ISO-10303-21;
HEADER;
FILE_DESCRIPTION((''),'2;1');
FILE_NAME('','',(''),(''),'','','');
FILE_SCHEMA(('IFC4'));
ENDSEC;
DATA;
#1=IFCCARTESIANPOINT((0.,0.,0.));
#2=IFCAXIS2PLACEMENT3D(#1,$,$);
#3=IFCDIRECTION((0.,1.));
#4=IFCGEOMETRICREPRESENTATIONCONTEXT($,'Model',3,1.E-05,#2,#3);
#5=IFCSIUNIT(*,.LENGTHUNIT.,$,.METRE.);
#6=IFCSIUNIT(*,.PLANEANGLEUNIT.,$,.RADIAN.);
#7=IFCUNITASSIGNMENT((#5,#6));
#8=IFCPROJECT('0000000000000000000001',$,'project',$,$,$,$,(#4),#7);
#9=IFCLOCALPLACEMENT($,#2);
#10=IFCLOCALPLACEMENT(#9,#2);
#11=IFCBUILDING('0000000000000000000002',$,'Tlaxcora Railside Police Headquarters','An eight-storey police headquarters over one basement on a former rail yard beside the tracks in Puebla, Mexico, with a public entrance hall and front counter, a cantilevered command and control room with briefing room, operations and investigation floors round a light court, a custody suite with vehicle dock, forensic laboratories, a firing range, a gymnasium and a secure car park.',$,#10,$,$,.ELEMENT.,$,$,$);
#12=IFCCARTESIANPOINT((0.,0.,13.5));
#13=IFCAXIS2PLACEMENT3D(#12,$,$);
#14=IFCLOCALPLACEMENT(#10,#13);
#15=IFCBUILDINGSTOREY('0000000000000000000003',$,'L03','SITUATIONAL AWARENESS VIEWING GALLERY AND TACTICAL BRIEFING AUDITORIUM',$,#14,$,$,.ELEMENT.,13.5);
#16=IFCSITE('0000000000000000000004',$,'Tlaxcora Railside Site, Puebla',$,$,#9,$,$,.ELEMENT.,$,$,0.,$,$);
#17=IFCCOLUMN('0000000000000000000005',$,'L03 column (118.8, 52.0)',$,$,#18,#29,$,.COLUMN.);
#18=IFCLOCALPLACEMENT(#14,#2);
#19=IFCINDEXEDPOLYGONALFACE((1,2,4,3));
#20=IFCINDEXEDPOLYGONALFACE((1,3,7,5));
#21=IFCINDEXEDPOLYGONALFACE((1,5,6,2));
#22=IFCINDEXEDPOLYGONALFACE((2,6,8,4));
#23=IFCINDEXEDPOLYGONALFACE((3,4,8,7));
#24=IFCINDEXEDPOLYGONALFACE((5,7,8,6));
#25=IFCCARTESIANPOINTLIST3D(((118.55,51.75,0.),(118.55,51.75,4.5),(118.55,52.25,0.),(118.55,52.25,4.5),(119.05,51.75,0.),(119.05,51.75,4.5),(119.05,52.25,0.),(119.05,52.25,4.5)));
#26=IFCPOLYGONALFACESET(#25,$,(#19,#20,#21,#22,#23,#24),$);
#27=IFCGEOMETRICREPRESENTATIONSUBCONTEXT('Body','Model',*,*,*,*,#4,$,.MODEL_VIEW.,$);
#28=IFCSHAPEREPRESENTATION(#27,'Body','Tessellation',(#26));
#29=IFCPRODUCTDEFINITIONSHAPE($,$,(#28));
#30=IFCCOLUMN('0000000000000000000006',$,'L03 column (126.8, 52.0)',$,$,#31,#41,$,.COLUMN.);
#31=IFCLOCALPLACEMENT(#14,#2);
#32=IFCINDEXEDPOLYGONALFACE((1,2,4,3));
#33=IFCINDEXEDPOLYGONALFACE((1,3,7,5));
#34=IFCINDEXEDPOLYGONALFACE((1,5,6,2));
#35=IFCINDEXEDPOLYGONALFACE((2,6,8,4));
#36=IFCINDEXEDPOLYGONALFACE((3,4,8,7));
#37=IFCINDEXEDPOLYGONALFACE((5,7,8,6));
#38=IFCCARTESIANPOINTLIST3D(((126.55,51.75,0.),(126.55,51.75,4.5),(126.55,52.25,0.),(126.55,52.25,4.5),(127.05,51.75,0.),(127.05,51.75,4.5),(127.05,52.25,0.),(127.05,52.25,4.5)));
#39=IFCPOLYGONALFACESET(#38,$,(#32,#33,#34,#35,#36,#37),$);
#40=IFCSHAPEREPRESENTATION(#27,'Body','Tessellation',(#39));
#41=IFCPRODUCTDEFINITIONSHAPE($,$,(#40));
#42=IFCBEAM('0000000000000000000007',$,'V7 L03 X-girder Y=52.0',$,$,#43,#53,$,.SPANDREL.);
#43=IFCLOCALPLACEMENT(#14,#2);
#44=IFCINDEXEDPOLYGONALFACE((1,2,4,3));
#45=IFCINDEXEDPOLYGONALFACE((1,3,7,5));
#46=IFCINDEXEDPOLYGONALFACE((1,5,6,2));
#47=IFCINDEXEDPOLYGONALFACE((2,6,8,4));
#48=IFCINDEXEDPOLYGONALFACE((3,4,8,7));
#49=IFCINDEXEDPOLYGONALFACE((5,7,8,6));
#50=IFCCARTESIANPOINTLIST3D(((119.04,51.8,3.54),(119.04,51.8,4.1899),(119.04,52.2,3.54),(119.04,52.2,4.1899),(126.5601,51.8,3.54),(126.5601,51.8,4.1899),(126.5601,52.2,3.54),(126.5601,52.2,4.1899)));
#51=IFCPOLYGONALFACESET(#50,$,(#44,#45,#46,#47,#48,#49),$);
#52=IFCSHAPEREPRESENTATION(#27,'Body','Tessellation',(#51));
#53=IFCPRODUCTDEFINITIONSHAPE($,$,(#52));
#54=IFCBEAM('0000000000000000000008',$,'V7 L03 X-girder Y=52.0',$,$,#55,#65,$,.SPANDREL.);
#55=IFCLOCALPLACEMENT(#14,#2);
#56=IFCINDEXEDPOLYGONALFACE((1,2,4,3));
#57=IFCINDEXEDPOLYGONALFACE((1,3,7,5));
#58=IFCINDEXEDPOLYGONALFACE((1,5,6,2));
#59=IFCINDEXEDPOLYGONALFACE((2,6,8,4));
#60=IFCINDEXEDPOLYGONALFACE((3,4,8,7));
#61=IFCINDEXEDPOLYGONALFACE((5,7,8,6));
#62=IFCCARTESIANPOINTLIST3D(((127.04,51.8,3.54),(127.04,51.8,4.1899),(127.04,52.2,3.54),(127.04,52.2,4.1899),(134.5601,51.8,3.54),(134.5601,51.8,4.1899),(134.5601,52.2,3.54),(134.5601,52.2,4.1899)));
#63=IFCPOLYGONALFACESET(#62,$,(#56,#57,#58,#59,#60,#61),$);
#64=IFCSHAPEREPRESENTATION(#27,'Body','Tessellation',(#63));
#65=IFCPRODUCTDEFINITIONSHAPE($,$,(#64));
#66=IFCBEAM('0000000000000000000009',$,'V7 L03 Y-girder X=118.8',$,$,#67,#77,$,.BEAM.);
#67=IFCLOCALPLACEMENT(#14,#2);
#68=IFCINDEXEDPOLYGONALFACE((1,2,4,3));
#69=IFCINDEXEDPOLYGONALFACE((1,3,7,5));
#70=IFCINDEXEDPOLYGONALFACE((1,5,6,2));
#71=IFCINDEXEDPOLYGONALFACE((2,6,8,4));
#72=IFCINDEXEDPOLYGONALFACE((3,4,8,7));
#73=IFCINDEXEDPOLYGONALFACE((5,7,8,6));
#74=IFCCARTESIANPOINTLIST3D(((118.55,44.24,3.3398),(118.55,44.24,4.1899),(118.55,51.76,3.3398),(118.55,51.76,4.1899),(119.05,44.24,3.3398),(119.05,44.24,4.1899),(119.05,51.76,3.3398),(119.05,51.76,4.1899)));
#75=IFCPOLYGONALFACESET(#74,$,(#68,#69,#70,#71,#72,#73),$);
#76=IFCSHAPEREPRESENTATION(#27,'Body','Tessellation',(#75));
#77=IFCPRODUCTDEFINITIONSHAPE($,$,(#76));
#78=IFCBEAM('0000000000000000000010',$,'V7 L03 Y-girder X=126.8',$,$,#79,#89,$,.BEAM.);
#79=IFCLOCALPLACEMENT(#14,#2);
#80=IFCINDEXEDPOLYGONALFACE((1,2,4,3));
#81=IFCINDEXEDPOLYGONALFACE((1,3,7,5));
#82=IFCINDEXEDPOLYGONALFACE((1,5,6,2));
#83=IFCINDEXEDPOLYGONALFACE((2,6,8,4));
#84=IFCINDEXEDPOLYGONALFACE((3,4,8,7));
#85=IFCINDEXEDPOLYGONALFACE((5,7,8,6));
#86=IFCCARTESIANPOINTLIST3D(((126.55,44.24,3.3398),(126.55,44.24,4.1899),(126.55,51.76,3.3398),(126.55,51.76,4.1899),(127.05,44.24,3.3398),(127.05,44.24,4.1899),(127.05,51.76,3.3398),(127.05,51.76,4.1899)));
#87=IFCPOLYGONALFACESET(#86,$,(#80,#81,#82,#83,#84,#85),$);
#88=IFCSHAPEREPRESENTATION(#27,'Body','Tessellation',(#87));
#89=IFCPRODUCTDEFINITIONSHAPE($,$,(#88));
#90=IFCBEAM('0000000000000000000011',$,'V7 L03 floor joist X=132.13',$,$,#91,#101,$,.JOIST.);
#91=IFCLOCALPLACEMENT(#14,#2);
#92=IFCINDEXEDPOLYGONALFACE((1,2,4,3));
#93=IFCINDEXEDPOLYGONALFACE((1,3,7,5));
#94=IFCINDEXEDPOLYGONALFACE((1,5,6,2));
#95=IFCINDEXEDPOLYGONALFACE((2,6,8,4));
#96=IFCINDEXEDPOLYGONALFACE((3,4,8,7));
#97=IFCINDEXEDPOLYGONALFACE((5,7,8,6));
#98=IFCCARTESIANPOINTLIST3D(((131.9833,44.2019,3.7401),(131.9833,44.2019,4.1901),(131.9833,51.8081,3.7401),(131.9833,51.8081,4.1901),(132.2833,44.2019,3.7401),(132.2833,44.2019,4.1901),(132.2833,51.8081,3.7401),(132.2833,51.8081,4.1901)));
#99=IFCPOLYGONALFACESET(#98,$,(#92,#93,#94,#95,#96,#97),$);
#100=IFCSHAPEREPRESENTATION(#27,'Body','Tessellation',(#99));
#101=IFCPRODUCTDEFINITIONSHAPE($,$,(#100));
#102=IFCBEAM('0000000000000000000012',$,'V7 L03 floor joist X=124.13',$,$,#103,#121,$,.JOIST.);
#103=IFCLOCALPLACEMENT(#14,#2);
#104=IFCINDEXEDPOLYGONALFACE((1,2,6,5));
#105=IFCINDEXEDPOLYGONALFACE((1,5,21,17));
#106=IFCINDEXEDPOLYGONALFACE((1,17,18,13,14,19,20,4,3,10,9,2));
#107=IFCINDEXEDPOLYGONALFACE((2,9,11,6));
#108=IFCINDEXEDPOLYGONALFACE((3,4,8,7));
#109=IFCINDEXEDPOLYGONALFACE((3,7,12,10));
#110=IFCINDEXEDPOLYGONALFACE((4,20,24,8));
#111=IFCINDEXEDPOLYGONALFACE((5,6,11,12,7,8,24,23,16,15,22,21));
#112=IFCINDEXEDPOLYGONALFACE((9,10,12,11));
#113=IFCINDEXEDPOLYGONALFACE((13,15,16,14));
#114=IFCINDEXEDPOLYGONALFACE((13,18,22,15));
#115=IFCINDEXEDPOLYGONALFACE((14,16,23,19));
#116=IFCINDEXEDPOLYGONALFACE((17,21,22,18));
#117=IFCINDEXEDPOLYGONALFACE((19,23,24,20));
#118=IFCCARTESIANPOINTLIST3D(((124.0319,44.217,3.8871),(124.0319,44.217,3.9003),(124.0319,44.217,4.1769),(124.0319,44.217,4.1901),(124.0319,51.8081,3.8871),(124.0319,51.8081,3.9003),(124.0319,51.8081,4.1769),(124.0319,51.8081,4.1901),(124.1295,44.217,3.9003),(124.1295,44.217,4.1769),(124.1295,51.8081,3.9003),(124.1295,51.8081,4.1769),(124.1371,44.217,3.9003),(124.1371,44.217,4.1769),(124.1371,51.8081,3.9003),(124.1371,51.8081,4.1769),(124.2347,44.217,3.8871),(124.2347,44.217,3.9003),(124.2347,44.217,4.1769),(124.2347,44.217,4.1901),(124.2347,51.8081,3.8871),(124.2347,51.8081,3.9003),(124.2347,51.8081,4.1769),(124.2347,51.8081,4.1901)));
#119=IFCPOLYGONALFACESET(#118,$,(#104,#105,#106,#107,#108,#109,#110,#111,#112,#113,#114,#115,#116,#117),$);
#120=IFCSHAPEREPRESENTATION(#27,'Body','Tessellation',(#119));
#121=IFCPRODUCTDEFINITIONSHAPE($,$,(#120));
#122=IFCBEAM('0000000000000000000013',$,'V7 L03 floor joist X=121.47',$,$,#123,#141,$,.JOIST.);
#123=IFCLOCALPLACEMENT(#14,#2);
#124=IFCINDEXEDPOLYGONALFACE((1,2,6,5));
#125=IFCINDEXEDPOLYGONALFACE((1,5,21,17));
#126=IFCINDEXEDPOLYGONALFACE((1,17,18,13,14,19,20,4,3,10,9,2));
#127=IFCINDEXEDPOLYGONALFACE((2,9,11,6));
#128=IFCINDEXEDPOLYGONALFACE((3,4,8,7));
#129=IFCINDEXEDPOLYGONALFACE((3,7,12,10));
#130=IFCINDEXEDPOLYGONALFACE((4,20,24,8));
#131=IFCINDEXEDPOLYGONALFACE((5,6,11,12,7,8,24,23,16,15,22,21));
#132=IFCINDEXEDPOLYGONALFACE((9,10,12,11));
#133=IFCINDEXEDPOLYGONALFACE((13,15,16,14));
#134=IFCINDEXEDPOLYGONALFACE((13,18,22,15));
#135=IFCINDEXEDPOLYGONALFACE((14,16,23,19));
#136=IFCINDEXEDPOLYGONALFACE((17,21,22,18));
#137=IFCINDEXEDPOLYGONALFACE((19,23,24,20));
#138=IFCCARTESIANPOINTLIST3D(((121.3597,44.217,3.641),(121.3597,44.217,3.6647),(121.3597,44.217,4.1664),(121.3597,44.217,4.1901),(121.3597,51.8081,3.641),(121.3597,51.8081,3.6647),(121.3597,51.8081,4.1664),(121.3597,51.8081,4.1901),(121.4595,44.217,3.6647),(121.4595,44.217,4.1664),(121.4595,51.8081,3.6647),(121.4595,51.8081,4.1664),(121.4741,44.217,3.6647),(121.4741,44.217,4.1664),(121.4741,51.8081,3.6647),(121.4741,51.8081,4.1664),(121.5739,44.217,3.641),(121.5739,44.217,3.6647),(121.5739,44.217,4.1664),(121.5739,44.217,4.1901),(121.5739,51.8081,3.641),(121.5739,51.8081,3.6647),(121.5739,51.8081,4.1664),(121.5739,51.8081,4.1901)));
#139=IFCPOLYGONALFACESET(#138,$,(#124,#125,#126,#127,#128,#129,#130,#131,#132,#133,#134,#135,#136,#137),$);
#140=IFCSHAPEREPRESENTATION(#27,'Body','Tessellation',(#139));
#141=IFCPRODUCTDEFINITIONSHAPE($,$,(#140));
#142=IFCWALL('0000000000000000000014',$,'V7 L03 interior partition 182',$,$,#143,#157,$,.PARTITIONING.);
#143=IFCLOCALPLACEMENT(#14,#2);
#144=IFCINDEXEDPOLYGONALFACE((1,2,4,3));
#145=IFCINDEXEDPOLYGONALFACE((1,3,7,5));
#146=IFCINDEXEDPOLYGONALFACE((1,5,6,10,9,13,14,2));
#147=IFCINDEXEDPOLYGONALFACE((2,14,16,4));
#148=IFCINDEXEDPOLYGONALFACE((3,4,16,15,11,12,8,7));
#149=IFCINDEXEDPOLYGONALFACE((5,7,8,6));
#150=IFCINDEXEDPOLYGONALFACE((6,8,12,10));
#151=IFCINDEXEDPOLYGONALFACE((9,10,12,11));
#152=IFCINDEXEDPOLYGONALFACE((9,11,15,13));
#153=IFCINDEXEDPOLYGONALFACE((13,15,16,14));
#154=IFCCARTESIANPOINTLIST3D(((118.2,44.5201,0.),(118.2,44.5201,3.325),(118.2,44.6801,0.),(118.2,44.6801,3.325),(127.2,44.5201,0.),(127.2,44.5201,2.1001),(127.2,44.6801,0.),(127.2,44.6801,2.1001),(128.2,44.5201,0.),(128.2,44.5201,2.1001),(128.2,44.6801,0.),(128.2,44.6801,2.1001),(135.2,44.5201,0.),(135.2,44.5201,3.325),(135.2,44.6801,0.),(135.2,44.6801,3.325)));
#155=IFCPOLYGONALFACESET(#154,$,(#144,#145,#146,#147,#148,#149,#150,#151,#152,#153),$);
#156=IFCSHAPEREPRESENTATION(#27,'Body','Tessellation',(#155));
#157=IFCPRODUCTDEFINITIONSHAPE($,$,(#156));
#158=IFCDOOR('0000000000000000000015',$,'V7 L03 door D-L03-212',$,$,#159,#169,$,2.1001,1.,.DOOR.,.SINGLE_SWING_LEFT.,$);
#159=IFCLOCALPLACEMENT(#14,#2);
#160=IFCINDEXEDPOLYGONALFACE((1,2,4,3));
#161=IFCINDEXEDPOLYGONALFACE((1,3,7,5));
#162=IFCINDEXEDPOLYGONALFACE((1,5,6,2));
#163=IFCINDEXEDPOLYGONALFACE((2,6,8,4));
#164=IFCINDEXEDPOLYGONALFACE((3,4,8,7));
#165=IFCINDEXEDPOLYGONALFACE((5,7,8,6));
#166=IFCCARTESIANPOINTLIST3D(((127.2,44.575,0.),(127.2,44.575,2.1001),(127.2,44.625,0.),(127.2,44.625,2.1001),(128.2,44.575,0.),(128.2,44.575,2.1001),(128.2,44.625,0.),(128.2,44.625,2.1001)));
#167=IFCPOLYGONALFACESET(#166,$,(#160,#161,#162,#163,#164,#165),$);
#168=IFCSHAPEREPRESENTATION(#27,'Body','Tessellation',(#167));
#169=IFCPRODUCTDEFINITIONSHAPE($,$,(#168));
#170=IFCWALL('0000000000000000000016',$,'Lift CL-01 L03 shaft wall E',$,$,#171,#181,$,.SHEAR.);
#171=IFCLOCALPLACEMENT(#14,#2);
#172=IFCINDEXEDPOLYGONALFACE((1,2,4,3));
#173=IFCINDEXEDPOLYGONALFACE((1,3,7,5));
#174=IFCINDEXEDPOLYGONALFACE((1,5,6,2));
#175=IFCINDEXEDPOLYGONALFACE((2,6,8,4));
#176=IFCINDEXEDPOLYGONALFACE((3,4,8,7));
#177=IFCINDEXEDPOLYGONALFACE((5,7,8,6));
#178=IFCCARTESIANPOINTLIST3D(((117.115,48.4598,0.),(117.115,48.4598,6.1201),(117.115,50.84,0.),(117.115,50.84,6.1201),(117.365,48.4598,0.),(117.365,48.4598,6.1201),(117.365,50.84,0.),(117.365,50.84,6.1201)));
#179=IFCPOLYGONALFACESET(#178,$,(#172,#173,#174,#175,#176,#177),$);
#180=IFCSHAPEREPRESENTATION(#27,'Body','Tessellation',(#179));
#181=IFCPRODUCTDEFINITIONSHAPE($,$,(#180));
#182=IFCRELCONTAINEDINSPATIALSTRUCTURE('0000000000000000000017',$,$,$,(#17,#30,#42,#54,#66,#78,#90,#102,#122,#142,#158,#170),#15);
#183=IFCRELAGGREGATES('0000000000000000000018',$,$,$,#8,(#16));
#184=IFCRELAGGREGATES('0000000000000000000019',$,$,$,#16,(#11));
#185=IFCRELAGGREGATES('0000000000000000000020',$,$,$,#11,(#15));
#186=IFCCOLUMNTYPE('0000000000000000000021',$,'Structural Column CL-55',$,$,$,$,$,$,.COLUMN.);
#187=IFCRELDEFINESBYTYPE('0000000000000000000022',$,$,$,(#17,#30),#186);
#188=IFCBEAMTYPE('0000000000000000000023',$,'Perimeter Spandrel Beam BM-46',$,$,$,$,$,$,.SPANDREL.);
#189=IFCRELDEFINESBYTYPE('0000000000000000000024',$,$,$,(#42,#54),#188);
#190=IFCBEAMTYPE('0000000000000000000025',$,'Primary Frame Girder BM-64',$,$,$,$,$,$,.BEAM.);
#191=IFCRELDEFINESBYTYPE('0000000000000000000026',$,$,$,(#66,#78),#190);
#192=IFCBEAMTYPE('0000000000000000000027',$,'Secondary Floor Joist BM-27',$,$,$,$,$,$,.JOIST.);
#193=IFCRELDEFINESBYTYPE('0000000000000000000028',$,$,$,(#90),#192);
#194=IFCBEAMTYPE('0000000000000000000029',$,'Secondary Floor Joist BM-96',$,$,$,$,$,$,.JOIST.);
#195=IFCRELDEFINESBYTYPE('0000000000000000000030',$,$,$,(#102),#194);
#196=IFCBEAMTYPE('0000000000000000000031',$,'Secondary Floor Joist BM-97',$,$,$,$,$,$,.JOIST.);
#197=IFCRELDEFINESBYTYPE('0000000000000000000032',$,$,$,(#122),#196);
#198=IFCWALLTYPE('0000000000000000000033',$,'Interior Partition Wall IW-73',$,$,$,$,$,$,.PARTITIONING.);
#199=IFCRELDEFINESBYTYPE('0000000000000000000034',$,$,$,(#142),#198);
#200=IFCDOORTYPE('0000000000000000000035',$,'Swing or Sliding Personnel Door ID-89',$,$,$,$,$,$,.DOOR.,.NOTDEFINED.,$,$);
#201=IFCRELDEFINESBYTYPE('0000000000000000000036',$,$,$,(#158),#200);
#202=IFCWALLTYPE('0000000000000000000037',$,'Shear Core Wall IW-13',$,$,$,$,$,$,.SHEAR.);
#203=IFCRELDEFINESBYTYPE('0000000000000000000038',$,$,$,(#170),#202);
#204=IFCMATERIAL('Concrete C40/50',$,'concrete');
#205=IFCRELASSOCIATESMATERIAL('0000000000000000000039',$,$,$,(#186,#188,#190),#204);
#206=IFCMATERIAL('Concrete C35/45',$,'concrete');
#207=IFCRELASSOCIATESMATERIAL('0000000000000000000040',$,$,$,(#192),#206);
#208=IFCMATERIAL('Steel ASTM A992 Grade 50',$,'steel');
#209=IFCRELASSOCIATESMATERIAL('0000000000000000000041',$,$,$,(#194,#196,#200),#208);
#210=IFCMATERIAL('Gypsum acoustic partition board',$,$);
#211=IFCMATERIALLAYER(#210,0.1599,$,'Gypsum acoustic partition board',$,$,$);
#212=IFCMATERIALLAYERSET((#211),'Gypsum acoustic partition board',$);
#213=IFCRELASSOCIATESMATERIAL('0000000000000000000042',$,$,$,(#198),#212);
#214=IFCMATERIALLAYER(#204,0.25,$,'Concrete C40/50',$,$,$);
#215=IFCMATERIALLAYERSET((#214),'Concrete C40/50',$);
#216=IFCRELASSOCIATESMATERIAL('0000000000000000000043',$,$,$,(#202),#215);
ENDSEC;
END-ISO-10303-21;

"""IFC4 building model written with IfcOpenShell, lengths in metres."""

from ifc_helpers import new_model, si_unit, direction, frame, frame_2d, origin, origin_2d, place, context, subcontext, project, spatial, rectangle, i_section, extrude, material, layer, layer_set, material_profile, profile_set, type_object, element, fill, save


model = new_model("IFC4")

# Units and contexts
model_context = context("Model", 3, precision=1e-05, world=origin(), true_north=direction((0.0, 1.0)))
body_context = subcontext(model_context, "Body", "Model", "MODEL_VIEW")
ifc_project = project(units=[si_unit("LENGTHUNIT", "METRE"), si_unit("PLANEANGLEUNIT", "RADIAN")], contexts=[model_context])

# Site, building, storey
site_placement = place(None, origin())
site = spatial("IfcSite", under=ifc_project, at=site_placement, Name="Tlaxcora Railside Site, Puebla", CompositionType="ELEMENT", RefElevation=0.0)
building_placement = place(site_placement, origin())
building = spatial("IfcBuilding", under=site, at=building_placement, Name="Tlaxcora Railside Police Headquarters", Description="An eight-storey police headquarters over one basement on a former rail yard beside the tracks in Puebla, Mexico, with a public entrance hall and front counter, a cantilevered command and control room with briefing room, operations and investigation floors round a light court, a custody suite with vehicle dock, forensic laboratories, a firing range, a gymnasium and a secure car park.", CompositionType="ELEMENT")
storey_placement = place(building_placement, frame((0.0, 0.0, 13.5)))
storey = spatial("IfcBuildingStorey", under=building, at=storey_placement, Name="L03", Description="SITUATIONAL AWARENESS VIEWING GALLERY AND TACTICAL BRIEFING AUDITORIUM", CompositionType="ELEMENT", Elevation=13.5)

# Columns
ifc_material_1 = material(Name="Concrete C40/50", Category="concrete")
ifc_material_profile_1 = material_profile(ifc_material_1, rectangle(XDim=0.5, YDim=0.5, at=origin_2d()), Name="RC500X500")
ifc_profile_set_1 = profile_set([ifc_material_profile_1], Name="Concrete C40/50")
column_type = type_object("IfcColumnType", Name="Structural Column CL-55", PredefinedType="COLUMN", material=ifc_profile_set_1)
for number, where, z_axis, x_axis, name in (
    (1, (118.8, 52.0, 0.0), (0.0, 0.0, 1.0), (1.0, 0.0, 0.0), "L03 column (118.8, 52.0)"),
    (2, (126.8, 52.0, 0.0), (0.0, 0.0, 1.0), (1.0, 0.0, 0.0), "L03 column (126.8, 52.0)"),
):
    element("IfcColumn", number, at=place(storey_placement, frame(where, z_axis=z_axis, x_axis=x_axis)), inside=storey, type_object=column_type, Name=name, PredefinedType="COLUMN", context=body_context, shape_type="SweptSolid", body=[
        extrude(rectangle(XDim=0.5, YDim=0.5, at=origin_2d()), origin(), (0.0, 0.0, 1.0), 4.5),
    ])

# Beams
ifc_material_profile_2 = material_profile(ifc_material_1, rectangle(XDim=0.3999, YDim=0.6499, at=origin_2d()), Name="RC400X650")
ifc_profile_set_2 = profile_set([ifc_material_profile_2], Name="Concrete C40/50")
beam_type_1 = type_object("IfcBeamType", Name="Perimeter Spandrel Beam BM-46", PredefinedType="SPANDREL", material=ifc_profile_set_2)
for number, where, z_axis, x_axis, name in (
    (3, (119.04, 52.0, 3.865), (1.0, 0.0, 0.0), (0.0, 1.0, 0.0), "V7 L03 X-girder Y=52.0"),
    (4, (127.04, 52.0, 3.865), (1.0, 0.0, 0.0), (0.0, 1.0, 0.0), "V7 L03 X-girder Y=52.0"),
):
    element("IfcBeam", number, at=place(storey_placement, frame(where, z_axis=z_axis, x_axis=x_axis)), inside=storey, type_object=beam_type_1, Name=name, PredefinedType="SPANDREL", context=body_context, shape_type="SweptSolid", body=[
        extrude(rectangle(XDim=0.3999, YDim=0.6499, at=origin_2d()), origin(), (0.0, 0.0, 1.0), 7.52),
    ])
ifc_material_profile_3 = material_profile(ifc_material_1, rectangle(XDim=0.5, YDim=0.8501, at=origin_2d()), Name="RC500X850")
ifc_profile_set_3 = profile_set([ifc_material_profile_3], Name="Concrete C40/50")
beam_type_2 = type_object("IfcBeamType", Name="Primary Frame Girder BM-64", PredefinedType="BEAM", material=ifc_profile_set_3)
for number, where, z_axis, x_axis, name in (
    (5, (118.8, 44.24, 3.7649), (0.0, 1.0, 0.0), (-1.0, 0.0, 0.0), "V7 L03 Y-girder X=118.8"),
    (6, (126.8, 44.24, 3.7649), (0.0, 1.0, 0.0), (-1.0, 0.0, 0.0), "V7 L03 Y-girder X=126.8"),
):
    element("IfcBeam", number, at=place(storey_placement, frame(where, z_axis=z_axis, x_axis=x_axis)), inside=storey, type_object=beam_type_2, Name=name, PredefinedType="BEAM", context=body_context, shape_type="SweptSolid", body=[
        extrude(rectangle(XDim=0.5, YDim=0.8501, at=origin_2d()), origin(), (0.0, 0.0, 1.0), 7.52),
    ])
ifc_material_2 = material(Name="Concrete C35/45", Category="concrete")
ifc_material_profile_4 = material_profile(ifc_material_2, rectangle(XDim=0.3, YDim=0.45, at=origin_2d()), Name="RC300X450")
ifc_profile_set_4 = profile_set([ifc_material_profile_4], Name="Concrete C35/45")
beam_type_3 = type_object("IfcBeamType", Name="Secondary Floor Joist BM-27", PredefinedType="JOIST", material=ifc_profile_set_4)
beam_1_placement = place(storey_placement, frame((132.1333, 44.2019, 3.9651), z_axis=(0.0, 1.0, 0.0), x_axis=(-1.0, 0.0, 0.0)))
element("IfcBeam", 7, at=beam_1_placement, inside=storey, type_object=beam_type_3, Name="V7 L03 floor joist X=132.13", PredefinedType="JOIST", context=body_context, shape_type="SweptSolid", body=[
    extrude(rectangle(XDim=0.3, YDim=0.45, at=origin_2d()), origin(), (0.0, 0.0, 1.0), 7.6062),
])
ifc_material_3 = material(Name="Steel ASTM A992 Grade 50", Category="steel")
ifc_material_profile_5 = material_profile(ifc_material_3, i_section(OverallWidth=0.2029, OverallDepth=0.303, WebThickness=0.0076, FlangeThickness=0.0132, at=origin_2d()), Name="W12X40")
ifc_profile_set_5 = profile_set([ifc_material_profile_5], Name="Steel ASTM A992 Grade 50")
beam_type_4 = type_object("IfcBeamType", Name="Secondary Floor Joist BM-96", PredefinedType="JOIST", material=ifc_profile_set_5)
beam_2_placement = place(storey_placement, frame((124.1333, 44.217, 4.0386), z_axis=(0.0, 1.0, 0.0), x_axis=(-1.0, 0.0, 0.0)))
element("IfcBeam", 8, at=beam_2_placement, inside=storey, type_object=beam_type_4, Name="V7 L03 floor joist X=124.13", PredefinedType="JOIST", context=body_context, shape_type="SweptSolid", body=[
    extrude(i_section(OverallWidth=0.2029, OverallDepth=0.303, WebThickness=0.0076, FlangeThickness=0.0132, at=origin_2d()), origin(), (0.0, 0.0, 1.0), 7.5911),
])
ifc_material_profile_6 = material_profile(ifc_material_3, i_section(OverallWidth=0.2141, OverallDepth=0.5491, WebThickness=0.0146, FlangeThickness=0.0237, at=origin_2d()), Name="W21X93")
ifc_profile_set_6 = profile_set([ifc_material_profile_6], Name="Steel ASTM A992 Grade 50")
beam_type_5 = type_object("IfcBeamType", Name="Secondary Floor Joist BM-97", PredefinedType="JOIST", material=ifc_profile_set_6)
beam_3_placement = place(storey_placement, frame((121.4668, 44.217, 3.9155), z_axis=(0.0, 1.0, 0.0), x_axis=(-1.0, 0.0, 0.0)))
element("IfcBeam", 9, at=beam_3_placement, inside=storey, type_object=beam_type_5, Name="V7 L03 floor joist X=121.47", PredefinedType="JOIST", context=body_context, shape_type="SweptSolid", body=[
    extrude(i_section(OverallWidth=0.2141, OverallDepth=0.5491, WebThickness=0.0146, FlangeThickness=0.0237, at=origin_2d()), origin(), (0.0, 0.0, 1.0), 7.5911),
])

# Wall, opening, door
ifc_material_4 = material(Name="Gypsum acoustic partition board")
ifc_layer_1 = layer(ifc_material_4, 0.1599, Name="Gypsum acoustic partition board")
ifc_layer_set_1 = layer_set([ifc_layer_1], Name="Gypsum acoustic partition board")
wall_type_1 = type_object("IfcWallType", Name="Interior Partition Wall IW-73", PredefinedType="PARTITIONING", material=ifc_layer_set_1)
wall_1_placement = place(storey_placement, frame((118.2, 44.6001, 0.0), z_axis=(0.0, 0.0, 1.0), x_axis=(1.0, 0.0, 0.0)))
wall_1 = element("IfcWall", 10, at=wall_1_placement, inside=storey, type_object=wall_type_1, Name="V7 L03 interior partition 182", PredefinedType="PARTITIONING", context=body_context, shape_type="SweptSolid", body=[
    extrude(rectangle(XDim=17.0, YDim=0.1599, at=frame_2d((8.5, 0.0))), origin(), (0.0, 0.0, 1.0), 3.325),
])
opening_1_placement = place(wall_1_placement, frame((9.0, 0.0, 0.0)))
opening_1 = element("IfcOpeningElement", 11, at=opening_1_placement, cuts=wall_1, PredefinedType="OPENING", context=body_context, shape_type="SweptSolid", body=[
    extrude(rectangle(XDim=1.0, YDim=2.1001, at=frame_2d((0.5, 1.05))), frame((0.0, 0.0898, 0.0), z_axis=(0.0, -1.0, 0.0), x_axis=(1.0, 0.0, 0.0)), (0.0, 0.0, 1.0), 0.1799),
])
door_type = type_object("IfcDoorType", Name="Swing or Sliding Personnel Door ID-89", OperationType="NOTDEFINED", PredefinedType="DOOR", material=ifc_material_3)
door_placement = place(opening_1_placement, origin())
door = element("IfcDoor", 12, at=door_placement, inside=storey, type_object=door_type, Name="V7 L03 door D-L03-212", OperationType="SINGLE_SWING_LEFT", OverallHeight=2.1001, OverallWidth=1.0, PredefinedType="DOOR", context=body_context, shape_type="SweptSolid", body=[
    extrude(rectangle(XDim=1.0, YDim=2.1001, at=frame_2d((0.5, 1.05))), frame((0.0, 0.0249, 0.0), z_axis=(0.0, -1.0, 0.0), x_axis=(1.0, 0.0, 0.0)), (0.0, 0.0, 1.0), 0.05),
])
fill(opening_1, door)

# Wall
ifc_layer_2 = layer(ifc_material_1, 0.25, Name="Concrete C40/50")
ifc_layer_set_2 = layer_set([ifc_layer_2], Name="Concrete C40/50")
wall_type_2 = type_object("IfcWallType", Name="Shear Core Wall IW-13", PredefinedType="SHEAR", material=ifc_layer_set_2)
wall_2_placement = place(storey_placement, frame((117.24, 48.46, 0.0), z_axis=(0.0, 0.0, 1.0), x_axis=(0.0, 1.0, 0.0)))
element("IfcWall", 13, at=wall_2_placement, inside=storey, type_object=wall_type_2, Name="Lift CL-01 L03 shaft wall E", PredefinedType="SHEAR", context=body_context, shape_type="SweptSolid", body=[
    extrude(rectangle(XDim=2.3801, YDim=0.25, at=frame_2d((1.1899, 0.0))), origin(), (0.0, 0.0, 1.0), 6.1201),
])

save(model, "model.ifc")
